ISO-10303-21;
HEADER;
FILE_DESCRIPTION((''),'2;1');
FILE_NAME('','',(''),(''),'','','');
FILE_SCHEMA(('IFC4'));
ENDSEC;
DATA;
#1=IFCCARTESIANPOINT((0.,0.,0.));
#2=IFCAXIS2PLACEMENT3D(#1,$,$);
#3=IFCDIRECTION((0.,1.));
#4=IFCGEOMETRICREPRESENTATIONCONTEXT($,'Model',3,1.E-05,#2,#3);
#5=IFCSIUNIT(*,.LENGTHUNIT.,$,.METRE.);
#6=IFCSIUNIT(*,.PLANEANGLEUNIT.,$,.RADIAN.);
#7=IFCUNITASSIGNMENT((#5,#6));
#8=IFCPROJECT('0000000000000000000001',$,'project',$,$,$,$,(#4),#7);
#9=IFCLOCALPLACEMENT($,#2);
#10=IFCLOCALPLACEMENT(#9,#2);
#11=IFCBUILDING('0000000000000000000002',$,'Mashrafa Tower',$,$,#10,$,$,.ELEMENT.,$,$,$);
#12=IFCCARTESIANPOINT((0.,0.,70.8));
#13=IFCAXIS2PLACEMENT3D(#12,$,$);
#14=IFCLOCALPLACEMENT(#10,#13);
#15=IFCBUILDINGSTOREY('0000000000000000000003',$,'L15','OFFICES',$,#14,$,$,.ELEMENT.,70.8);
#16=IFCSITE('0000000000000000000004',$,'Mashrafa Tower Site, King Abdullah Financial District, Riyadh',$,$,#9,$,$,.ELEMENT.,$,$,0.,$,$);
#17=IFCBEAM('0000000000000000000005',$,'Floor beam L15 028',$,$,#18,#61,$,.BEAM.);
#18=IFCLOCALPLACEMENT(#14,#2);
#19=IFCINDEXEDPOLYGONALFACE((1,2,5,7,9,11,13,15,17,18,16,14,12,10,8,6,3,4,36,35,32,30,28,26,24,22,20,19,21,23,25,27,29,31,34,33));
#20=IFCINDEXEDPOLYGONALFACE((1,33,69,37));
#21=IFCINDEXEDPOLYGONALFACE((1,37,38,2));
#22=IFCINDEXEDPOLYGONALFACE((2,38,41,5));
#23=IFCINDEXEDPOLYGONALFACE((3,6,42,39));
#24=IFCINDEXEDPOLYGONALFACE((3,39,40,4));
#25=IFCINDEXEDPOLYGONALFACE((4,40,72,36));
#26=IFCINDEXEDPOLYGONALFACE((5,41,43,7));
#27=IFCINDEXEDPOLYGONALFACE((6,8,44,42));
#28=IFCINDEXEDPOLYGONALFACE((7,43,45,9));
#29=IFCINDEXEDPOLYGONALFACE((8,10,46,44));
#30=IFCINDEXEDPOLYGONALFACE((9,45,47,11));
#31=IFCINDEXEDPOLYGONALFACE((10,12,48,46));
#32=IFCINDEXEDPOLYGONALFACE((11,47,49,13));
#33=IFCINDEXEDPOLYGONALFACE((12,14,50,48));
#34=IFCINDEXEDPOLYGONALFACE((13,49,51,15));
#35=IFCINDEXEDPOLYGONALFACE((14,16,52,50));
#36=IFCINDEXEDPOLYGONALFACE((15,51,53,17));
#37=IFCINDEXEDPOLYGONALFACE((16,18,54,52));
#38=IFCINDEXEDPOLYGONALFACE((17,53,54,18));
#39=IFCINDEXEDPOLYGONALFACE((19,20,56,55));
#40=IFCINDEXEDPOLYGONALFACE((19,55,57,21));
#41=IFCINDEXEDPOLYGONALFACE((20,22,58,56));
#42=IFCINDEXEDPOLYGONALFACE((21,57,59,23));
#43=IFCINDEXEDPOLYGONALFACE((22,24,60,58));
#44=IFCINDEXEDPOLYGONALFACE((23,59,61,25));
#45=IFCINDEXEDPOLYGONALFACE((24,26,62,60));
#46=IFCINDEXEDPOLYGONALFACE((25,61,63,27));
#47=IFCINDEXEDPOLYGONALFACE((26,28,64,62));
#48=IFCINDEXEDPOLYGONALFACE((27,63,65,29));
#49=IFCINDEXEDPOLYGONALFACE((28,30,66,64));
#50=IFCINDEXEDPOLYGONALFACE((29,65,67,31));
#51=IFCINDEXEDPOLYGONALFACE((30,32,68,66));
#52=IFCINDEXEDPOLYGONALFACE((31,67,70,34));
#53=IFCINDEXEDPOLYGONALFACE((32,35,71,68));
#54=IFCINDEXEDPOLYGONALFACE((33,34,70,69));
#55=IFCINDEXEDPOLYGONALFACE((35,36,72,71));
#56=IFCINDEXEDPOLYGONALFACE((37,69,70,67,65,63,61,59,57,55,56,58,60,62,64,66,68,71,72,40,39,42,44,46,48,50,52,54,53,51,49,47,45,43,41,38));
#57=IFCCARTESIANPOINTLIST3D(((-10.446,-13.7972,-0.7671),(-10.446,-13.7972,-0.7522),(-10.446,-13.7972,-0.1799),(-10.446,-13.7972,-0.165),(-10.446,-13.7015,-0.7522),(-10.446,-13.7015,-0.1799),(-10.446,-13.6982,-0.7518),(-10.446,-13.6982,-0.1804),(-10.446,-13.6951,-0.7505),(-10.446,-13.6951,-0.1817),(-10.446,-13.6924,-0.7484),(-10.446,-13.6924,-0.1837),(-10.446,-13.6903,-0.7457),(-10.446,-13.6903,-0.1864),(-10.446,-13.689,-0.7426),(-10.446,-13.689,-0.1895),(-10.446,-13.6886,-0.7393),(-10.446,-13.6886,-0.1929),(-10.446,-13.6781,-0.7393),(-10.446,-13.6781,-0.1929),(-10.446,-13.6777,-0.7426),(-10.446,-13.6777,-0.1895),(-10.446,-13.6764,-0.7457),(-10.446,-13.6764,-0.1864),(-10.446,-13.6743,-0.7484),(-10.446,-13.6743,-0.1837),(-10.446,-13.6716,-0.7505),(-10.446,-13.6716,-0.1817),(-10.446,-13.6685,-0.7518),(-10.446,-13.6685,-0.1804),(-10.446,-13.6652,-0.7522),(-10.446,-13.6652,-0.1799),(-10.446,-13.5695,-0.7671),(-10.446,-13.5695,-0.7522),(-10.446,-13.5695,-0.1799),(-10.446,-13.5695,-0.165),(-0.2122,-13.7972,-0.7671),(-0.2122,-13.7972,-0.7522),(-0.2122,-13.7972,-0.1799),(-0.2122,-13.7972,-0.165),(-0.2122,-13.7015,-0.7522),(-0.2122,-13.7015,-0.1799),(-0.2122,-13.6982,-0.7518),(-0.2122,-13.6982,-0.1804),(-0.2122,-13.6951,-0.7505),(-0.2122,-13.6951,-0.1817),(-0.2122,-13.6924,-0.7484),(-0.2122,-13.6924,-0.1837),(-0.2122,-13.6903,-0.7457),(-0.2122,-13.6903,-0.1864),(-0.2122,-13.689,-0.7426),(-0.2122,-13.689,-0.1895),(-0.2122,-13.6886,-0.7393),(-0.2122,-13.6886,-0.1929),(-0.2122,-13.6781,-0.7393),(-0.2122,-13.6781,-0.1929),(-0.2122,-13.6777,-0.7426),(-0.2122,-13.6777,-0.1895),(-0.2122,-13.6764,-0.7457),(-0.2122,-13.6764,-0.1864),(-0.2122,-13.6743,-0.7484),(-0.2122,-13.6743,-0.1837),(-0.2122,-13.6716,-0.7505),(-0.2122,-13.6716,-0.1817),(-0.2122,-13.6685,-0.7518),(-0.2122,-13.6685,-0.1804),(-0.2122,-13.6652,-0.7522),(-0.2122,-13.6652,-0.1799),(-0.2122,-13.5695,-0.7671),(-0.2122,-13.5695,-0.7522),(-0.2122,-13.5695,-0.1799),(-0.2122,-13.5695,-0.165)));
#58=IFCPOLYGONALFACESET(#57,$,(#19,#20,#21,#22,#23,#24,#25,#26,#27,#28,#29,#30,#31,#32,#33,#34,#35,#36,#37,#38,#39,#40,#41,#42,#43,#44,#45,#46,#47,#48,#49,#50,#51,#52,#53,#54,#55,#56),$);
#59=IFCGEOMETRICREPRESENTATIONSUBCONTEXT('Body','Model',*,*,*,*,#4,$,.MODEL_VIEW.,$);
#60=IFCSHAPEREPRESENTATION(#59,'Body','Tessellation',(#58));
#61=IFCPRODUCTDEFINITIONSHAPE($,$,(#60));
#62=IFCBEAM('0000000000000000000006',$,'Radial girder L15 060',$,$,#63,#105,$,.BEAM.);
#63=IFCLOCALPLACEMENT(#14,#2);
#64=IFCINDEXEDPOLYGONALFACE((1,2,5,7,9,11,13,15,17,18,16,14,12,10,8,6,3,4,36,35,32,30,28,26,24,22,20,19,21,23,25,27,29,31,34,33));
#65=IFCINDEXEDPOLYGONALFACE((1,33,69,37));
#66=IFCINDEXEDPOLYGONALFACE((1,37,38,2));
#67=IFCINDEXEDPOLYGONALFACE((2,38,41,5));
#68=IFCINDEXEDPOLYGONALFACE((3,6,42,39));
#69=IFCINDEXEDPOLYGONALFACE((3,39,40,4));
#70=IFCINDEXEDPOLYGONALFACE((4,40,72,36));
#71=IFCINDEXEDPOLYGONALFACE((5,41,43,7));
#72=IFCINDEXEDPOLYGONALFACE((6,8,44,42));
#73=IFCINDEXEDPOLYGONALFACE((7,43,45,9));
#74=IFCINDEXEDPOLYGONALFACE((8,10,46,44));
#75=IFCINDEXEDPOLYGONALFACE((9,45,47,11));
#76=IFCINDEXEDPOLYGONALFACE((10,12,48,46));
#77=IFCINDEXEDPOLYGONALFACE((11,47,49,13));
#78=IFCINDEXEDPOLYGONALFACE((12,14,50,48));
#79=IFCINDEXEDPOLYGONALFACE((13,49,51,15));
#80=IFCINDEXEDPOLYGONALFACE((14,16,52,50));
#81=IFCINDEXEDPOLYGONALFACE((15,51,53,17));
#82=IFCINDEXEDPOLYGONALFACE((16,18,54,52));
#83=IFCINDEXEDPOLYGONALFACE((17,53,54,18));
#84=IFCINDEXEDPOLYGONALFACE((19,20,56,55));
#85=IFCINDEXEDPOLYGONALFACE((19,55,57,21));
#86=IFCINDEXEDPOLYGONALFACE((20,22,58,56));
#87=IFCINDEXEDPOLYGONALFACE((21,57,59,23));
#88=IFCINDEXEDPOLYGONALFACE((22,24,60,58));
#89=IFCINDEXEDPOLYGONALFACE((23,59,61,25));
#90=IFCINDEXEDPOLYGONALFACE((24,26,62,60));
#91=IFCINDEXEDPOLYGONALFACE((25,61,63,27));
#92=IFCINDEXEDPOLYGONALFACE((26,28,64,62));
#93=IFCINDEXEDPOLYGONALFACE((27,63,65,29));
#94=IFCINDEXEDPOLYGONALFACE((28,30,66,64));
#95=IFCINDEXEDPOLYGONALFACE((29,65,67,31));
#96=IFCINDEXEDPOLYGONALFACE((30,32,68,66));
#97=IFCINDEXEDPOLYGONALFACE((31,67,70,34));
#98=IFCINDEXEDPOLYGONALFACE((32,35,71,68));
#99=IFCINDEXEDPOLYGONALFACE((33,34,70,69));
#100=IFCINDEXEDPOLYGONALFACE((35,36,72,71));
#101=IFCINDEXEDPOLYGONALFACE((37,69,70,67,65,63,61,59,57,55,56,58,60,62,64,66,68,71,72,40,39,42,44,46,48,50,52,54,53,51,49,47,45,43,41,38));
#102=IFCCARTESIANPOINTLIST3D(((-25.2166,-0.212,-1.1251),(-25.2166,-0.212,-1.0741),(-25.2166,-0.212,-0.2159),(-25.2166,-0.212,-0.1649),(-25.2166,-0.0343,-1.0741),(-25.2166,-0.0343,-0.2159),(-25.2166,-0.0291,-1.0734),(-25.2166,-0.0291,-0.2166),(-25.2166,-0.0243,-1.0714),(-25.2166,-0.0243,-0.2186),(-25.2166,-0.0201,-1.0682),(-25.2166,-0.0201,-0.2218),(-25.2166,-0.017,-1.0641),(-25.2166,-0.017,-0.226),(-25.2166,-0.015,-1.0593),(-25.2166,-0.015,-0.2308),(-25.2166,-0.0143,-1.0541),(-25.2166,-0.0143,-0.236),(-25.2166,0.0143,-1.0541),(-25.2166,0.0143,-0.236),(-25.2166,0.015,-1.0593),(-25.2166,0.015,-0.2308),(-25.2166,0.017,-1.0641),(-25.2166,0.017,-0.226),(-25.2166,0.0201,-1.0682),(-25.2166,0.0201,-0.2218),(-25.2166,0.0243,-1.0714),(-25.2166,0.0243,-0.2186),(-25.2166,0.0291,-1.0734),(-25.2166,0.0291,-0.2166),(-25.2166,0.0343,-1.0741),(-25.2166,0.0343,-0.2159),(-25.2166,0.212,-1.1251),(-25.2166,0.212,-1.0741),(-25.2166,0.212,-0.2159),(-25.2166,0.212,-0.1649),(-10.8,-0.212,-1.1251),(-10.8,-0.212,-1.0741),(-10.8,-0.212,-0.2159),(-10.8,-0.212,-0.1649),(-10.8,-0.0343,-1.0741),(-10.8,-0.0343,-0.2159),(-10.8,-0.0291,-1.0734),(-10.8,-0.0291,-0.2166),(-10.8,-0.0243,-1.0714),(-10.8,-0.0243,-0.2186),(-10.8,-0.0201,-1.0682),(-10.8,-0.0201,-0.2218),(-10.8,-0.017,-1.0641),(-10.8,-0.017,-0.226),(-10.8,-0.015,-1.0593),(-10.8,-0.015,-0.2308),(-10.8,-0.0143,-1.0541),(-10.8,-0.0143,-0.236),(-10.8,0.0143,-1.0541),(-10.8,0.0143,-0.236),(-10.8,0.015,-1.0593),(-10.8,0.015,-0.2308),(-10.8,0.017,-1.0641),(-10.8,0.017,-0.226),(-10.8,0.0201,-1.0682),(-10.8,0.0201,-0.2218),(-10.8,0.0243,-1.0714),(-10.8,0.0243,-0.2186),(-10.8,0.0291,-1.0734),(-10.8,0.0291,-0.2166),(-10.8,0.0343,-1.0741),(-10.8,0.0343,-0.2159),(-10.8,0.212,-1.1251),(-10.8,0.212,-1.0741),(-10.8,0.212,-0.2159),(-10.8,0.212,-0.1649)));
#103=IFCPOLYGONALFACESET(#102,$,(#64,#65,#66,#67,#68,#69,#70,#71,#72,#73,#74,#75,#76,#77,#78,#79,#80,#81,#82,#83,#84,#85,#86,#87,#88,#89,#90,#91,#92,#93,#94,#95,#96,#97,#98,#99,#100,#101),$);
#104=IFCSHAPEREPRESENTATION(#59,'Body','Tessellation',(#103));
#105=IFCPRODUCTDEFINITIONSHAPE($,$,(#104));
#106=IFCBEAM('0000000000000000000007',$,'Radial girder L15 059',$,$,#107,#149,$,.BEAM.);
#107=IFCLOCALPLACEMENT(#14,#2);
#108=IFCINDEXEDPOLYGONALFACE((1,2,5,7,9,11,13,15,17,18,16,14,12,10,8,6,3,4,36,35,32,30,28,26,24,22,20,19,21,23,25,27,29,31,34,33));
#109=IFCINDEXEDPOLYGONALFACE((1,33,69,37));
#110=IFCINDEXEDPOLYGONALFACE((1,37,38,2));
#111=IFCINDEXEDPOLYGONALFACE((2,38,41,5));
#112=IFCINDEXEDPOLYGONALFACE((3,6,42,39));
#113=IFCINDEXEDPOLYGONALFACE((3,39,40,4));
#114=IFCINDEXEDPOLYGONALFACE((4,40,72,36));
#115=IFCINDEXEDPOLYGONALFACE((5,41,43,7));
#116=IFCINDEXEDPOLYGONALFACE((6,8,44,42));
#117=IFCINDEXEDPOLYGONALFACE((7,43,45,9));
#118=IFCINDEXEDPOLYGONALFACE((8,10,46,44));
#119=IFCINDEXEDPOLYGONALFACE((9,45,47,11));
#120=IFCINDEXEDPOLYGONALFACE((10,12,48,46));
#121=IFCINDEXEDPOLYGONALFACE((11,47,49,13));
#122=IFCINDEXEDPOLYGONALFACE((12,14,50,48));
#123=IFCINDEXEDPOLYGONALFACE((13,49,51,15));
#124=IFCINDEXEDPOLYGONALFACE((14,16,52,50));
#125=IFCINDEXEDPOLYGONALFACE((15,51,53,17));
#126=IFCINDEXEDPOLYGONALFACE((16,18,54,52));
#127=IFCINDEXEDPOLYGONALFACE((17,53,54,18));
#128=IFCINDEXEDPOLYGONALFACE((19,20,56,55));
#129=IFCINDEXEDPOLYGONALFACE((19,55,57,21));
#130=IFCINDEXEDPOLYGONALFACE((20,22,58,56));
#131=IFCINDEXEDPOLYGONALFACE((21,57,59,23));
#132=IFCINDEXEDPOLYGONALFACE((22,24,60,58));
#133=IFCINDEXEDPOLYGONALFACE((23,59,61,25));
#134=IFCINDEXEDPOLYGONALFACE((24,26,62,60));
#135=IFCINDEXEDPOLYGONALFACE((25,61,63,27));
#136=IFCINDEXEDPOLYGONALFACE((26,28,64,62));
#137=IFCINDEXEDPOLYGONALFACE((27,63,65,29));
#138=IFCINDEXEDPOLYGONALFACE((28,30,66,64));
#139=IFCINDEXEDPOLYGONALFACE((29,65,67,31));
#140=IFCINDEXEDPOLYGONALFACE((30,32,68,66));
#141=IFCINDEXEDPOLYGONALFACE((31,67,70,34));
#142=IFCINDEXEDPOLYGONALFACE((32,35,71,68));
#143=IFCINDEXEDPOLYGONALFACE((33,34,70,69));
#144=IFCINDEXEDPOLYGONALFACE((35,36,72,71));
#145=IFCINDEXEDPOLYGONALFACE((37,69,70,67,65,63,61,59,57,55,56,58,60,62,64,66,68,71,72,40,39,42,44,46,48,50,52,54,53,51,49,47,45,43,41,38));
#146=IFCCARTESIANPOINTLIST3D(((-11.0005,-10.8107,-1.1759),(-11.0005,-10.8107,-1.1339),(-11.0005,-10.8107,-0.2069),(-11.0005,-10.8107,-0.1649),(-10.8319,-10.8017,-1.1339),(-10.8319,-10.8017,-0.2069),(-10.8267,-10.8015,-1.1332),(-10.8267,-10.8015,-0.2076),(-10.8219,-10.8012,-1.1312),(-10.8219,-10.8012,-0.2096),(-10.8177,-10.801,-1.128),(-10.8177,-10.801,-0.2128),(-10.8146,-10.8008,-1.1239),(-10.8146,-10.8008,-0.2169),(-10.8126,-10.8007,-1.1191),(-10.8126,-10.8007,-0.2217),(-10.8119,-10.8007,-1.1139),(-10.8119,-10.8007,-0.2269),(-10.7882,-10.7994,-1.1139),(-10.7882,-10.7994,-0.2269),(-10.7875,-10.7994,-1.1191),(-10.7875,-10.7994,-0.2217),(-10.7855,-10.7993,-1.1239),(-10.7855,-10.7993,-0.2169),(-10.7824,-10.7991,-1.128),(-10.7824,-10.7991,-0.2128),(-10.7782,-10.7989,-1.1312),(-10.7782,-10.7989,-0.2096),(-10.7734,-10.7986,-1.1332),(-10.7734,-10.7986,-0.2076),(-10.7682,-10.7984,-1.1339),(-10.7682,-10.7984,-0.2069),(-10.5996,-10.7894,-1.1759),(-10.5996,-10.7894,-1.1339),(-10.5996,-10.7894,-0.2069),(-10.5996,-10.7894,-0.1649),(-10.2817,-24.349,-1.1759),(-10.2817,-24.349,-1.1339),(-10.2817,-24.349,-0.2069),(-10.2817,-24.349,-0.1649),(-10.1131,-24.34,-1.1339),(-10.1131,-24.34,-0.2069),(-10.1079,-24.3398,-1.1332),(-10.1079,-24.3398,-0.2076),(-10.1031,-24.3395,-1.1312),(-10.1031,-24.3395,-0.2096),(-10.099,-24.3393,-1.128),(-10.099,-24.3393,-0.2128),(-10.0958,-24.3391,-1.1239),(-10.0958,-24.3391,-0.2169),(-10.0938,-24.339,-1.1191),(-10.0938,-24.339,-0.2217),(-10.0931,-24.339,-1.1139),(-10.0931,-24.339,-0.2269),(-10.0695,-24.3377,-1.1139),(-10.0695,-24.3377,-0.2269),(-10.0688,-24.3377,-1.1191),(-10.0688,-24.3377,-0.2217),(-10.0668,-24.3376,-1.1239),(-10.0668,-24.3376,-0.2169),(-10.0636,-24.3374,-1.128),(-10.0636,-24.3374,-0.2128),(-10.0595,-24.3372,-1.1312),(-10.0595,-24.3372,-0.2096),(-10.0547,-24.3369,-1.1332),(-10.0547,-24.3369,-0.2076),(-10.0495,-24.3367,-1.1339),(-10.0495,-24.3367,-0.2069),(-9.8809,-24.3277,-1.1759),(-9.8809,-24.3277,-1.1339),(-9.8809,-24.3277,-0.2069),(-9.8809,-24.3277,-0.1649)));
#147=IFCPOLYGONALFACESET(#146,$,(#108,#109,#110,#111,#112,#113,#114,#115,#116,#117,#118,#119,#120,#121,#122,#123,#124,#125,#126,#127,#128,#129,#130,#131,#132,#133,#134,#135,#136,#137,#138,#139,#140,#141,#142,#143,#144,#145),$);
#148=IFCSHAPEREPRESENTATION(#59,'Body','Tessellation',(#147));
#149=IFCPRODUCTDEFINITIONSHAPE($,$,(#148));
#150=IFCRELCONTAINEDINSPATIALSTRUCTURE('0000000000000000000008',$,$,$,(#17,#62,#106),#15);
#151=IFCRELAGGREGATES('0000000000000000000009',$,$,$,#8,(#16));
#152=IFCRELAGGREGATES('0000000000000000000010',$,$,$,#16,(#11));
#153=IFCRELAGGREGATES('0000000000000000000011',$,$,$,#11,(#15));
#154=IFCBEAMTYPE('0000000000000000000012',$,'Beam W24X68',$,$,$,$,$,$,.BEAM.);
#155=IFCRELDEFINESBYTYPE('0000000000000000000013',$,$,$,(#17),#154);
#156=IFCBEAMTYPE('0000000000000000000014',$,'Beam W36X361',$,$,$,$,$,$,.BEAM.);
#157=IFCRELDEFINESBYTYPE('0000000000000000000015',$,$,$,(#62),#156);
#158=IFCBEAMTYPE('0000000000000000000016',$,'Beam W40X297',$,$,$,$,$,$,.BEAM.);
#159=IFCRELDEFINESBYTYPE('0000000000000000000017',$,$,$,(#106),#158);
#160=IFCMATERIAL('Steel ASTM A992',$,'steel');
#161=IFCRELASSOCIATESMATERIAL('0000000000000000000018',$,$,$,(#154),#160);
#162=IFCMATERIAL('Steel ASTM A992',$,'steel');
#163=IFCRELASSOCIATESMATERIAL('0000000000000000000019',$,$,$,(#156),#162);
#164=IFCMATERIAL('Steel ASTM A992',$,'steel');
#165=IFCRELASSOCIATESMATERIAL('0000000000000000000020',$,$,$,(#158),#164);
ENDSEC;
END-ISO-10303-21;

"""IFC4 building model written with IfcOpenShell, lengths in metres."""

from ifc_helpers import new_model, si_unit, direction, frame, origin, origin_2d, place, context, subcontext, project, spatial, i_section, extrude, material, material_profile, profile_set, type_object, element, save


model = new_model("IFC4")

# Units and contexts
model_context = context("Model", 3, precision=1e-05, world=origin(), true_north=direction((0.0, 1.0)))
body_context = subcontext(model_context, "Body", "Model", "MODEL_VIEW")
ifc_project = project(units=[si_unit("LENGTHUNIT", "METRE"), si_unit("PLANEANGLEUNIT", "RADIAN")], contexts=[model_context])

# Site, building, storey
site_placement = place(None, origin())
site = spatial("IfcSite", under=ifc_project, at=site_placement, Name="Mashrafa Tower Site, King Abdullah Financial District, Riyadh", CompositionType="ELEMENT", RefElevation=0.0)
building_placement = place(site_placement, origin())
building = spatial("IfcBuilding", under=site, at=building_placement, Name="Mashrafa Tower", CompositionType="ELEMENT")
storey_placement = place(building_placement, frame((0.0, 0.0, 70.8)))
storey = spatial("IfcBuildingStorey", under=building, at=storey_placement, Name="L15", Description="OFFICES", CompositionType="ELEMENT", Elevation=70.8)

# Beams
ifc_material_1 = material(Name="Steel ASTM A992", Category="steel")
ifc_material_profile_1 = material_profile(ifc_material_1, i_section(OverallWidth=0.2278, OverallDepth=0.6021, WebThickness=0.0105, FlangeThickness=0.0149, FilletRadius=0.0129, at=origin_2d()), Name="W24X68")
ifc_profile_set_1 = profile_set([ifc_material_profile_1], Name="Steel ASTM A992")
beam_type_1 = type_object("IfcBeamType", Name="Beam W24X68", PredefinedType="BEAM", material=ifc_profile_set_1)
beam_1_placement = place(storey_placement, frame((-0.2122, -13.6833, -0.4661), z_axis=(-1.0, 0.0, 0.0), x_axis=(0.0, -1.0, 0.0)))
element("IfcBeam", 1, at=beam_1_placement, inside=storey, type_object=beam_type_1, Name="Floor beam L15 028", PredefinedType="BEAM", context=body_context, shape_type="SweptSolid", body=[
    extrude(i_section(OverallWidth=0.2278, OverallDepth=0.6021, WebThickness=0.0105, FlangeThickness=0.0149, FilletRadius=0.0129, at=origin_2d()), origin(), (0.0, 0.0, 1.0), 10.2339),
])
ifc_material_2 = material(Name="Steel ASTM A992", Category="steel")
ifc_material_profile_2 = material_profile(ifc_material_2, i_section(OverallWidth=0.4241, OverallDepth=0.9602, WebThickness=0.0286, FlangeThickness=0.051, FilletRadius=0.02, at=origin_2d()), Name="W36X361")
ifc_profile_set_2 = profile_set([ifc_material_profile_2], Name="Steel ASTM A992")
beam_type_2 = type_object("IfcBeamType", Name="Beam W36X361", PredefinedType="BEAM", material=ifc_profile_set_2)
beam_2_placement = place(storey_placement, frame((-10.8, 0.0, -0.645), z_axis=(-1.0, 0.0, 0.0), x_axis=(0.0, -1.0, 0.0)))
element("IfcBeam", 2, at=beam_2_placement, inside=storey, type_object=beam_type_2, Name="Radial girder L15 060", PredefinedType="BEAM", context=body_context, shape_type="SweptSolid", body=[
    extrude(i_section(OverallWidth=0.4241, OverallDepth=0.9602, WebThickness=0.0286, FlangeThickness=0.051, FilletRadius=0.02, at=origin_2d()), origin(), (0.0, 0.0, 1.0), 14.4165),
])
ifc_material_3 = material(Name="Steel ASTM A992", Category="steel")
ifc_material_profile_3 = material_profile(ifc_material_3, i_section(OverallWidth=0.4014, OverallDepth=1.011, WebThickness=0.0237, FlangeThickness=0.042, FilletRadius=0.02, at=origin_2d()), Name="W40X297")
ifc_profile_set_3 = profile_set([ifc_material_profile_3], Name="Steel ASTM A992")
beam_type_3 = type_object("IfcBeamType", Name="Beam W40X297", PredefinedType="BEAM", material=ifc_profile_set_3)
beam_3_placement = place(storey_placement, frame((-10.8, -10.8, -0.6704), z_axis=(0.053015, -0.998594, 0.0), x_axis=(0.998594, 0.053015, 0.0)))
element("IfcBeam", 3, at=beam_3_placement, inside=storey, type_object=beam_type_3, Name="Radial girder L15 059", PredefinedType="BEAM", context=body_context, shape_type="SweptSolid", body=[
    extrude(i_section(OverallWidth=0.4014, OverallDepth=1.011, WebThickness=0.0237, FlangeThickness=0.042, FilletRadius=0.02, at=origin_2d()), origin(), (0.0, 0.0, 1.0), 13.5574),
])

save(model, "model.ifc")
